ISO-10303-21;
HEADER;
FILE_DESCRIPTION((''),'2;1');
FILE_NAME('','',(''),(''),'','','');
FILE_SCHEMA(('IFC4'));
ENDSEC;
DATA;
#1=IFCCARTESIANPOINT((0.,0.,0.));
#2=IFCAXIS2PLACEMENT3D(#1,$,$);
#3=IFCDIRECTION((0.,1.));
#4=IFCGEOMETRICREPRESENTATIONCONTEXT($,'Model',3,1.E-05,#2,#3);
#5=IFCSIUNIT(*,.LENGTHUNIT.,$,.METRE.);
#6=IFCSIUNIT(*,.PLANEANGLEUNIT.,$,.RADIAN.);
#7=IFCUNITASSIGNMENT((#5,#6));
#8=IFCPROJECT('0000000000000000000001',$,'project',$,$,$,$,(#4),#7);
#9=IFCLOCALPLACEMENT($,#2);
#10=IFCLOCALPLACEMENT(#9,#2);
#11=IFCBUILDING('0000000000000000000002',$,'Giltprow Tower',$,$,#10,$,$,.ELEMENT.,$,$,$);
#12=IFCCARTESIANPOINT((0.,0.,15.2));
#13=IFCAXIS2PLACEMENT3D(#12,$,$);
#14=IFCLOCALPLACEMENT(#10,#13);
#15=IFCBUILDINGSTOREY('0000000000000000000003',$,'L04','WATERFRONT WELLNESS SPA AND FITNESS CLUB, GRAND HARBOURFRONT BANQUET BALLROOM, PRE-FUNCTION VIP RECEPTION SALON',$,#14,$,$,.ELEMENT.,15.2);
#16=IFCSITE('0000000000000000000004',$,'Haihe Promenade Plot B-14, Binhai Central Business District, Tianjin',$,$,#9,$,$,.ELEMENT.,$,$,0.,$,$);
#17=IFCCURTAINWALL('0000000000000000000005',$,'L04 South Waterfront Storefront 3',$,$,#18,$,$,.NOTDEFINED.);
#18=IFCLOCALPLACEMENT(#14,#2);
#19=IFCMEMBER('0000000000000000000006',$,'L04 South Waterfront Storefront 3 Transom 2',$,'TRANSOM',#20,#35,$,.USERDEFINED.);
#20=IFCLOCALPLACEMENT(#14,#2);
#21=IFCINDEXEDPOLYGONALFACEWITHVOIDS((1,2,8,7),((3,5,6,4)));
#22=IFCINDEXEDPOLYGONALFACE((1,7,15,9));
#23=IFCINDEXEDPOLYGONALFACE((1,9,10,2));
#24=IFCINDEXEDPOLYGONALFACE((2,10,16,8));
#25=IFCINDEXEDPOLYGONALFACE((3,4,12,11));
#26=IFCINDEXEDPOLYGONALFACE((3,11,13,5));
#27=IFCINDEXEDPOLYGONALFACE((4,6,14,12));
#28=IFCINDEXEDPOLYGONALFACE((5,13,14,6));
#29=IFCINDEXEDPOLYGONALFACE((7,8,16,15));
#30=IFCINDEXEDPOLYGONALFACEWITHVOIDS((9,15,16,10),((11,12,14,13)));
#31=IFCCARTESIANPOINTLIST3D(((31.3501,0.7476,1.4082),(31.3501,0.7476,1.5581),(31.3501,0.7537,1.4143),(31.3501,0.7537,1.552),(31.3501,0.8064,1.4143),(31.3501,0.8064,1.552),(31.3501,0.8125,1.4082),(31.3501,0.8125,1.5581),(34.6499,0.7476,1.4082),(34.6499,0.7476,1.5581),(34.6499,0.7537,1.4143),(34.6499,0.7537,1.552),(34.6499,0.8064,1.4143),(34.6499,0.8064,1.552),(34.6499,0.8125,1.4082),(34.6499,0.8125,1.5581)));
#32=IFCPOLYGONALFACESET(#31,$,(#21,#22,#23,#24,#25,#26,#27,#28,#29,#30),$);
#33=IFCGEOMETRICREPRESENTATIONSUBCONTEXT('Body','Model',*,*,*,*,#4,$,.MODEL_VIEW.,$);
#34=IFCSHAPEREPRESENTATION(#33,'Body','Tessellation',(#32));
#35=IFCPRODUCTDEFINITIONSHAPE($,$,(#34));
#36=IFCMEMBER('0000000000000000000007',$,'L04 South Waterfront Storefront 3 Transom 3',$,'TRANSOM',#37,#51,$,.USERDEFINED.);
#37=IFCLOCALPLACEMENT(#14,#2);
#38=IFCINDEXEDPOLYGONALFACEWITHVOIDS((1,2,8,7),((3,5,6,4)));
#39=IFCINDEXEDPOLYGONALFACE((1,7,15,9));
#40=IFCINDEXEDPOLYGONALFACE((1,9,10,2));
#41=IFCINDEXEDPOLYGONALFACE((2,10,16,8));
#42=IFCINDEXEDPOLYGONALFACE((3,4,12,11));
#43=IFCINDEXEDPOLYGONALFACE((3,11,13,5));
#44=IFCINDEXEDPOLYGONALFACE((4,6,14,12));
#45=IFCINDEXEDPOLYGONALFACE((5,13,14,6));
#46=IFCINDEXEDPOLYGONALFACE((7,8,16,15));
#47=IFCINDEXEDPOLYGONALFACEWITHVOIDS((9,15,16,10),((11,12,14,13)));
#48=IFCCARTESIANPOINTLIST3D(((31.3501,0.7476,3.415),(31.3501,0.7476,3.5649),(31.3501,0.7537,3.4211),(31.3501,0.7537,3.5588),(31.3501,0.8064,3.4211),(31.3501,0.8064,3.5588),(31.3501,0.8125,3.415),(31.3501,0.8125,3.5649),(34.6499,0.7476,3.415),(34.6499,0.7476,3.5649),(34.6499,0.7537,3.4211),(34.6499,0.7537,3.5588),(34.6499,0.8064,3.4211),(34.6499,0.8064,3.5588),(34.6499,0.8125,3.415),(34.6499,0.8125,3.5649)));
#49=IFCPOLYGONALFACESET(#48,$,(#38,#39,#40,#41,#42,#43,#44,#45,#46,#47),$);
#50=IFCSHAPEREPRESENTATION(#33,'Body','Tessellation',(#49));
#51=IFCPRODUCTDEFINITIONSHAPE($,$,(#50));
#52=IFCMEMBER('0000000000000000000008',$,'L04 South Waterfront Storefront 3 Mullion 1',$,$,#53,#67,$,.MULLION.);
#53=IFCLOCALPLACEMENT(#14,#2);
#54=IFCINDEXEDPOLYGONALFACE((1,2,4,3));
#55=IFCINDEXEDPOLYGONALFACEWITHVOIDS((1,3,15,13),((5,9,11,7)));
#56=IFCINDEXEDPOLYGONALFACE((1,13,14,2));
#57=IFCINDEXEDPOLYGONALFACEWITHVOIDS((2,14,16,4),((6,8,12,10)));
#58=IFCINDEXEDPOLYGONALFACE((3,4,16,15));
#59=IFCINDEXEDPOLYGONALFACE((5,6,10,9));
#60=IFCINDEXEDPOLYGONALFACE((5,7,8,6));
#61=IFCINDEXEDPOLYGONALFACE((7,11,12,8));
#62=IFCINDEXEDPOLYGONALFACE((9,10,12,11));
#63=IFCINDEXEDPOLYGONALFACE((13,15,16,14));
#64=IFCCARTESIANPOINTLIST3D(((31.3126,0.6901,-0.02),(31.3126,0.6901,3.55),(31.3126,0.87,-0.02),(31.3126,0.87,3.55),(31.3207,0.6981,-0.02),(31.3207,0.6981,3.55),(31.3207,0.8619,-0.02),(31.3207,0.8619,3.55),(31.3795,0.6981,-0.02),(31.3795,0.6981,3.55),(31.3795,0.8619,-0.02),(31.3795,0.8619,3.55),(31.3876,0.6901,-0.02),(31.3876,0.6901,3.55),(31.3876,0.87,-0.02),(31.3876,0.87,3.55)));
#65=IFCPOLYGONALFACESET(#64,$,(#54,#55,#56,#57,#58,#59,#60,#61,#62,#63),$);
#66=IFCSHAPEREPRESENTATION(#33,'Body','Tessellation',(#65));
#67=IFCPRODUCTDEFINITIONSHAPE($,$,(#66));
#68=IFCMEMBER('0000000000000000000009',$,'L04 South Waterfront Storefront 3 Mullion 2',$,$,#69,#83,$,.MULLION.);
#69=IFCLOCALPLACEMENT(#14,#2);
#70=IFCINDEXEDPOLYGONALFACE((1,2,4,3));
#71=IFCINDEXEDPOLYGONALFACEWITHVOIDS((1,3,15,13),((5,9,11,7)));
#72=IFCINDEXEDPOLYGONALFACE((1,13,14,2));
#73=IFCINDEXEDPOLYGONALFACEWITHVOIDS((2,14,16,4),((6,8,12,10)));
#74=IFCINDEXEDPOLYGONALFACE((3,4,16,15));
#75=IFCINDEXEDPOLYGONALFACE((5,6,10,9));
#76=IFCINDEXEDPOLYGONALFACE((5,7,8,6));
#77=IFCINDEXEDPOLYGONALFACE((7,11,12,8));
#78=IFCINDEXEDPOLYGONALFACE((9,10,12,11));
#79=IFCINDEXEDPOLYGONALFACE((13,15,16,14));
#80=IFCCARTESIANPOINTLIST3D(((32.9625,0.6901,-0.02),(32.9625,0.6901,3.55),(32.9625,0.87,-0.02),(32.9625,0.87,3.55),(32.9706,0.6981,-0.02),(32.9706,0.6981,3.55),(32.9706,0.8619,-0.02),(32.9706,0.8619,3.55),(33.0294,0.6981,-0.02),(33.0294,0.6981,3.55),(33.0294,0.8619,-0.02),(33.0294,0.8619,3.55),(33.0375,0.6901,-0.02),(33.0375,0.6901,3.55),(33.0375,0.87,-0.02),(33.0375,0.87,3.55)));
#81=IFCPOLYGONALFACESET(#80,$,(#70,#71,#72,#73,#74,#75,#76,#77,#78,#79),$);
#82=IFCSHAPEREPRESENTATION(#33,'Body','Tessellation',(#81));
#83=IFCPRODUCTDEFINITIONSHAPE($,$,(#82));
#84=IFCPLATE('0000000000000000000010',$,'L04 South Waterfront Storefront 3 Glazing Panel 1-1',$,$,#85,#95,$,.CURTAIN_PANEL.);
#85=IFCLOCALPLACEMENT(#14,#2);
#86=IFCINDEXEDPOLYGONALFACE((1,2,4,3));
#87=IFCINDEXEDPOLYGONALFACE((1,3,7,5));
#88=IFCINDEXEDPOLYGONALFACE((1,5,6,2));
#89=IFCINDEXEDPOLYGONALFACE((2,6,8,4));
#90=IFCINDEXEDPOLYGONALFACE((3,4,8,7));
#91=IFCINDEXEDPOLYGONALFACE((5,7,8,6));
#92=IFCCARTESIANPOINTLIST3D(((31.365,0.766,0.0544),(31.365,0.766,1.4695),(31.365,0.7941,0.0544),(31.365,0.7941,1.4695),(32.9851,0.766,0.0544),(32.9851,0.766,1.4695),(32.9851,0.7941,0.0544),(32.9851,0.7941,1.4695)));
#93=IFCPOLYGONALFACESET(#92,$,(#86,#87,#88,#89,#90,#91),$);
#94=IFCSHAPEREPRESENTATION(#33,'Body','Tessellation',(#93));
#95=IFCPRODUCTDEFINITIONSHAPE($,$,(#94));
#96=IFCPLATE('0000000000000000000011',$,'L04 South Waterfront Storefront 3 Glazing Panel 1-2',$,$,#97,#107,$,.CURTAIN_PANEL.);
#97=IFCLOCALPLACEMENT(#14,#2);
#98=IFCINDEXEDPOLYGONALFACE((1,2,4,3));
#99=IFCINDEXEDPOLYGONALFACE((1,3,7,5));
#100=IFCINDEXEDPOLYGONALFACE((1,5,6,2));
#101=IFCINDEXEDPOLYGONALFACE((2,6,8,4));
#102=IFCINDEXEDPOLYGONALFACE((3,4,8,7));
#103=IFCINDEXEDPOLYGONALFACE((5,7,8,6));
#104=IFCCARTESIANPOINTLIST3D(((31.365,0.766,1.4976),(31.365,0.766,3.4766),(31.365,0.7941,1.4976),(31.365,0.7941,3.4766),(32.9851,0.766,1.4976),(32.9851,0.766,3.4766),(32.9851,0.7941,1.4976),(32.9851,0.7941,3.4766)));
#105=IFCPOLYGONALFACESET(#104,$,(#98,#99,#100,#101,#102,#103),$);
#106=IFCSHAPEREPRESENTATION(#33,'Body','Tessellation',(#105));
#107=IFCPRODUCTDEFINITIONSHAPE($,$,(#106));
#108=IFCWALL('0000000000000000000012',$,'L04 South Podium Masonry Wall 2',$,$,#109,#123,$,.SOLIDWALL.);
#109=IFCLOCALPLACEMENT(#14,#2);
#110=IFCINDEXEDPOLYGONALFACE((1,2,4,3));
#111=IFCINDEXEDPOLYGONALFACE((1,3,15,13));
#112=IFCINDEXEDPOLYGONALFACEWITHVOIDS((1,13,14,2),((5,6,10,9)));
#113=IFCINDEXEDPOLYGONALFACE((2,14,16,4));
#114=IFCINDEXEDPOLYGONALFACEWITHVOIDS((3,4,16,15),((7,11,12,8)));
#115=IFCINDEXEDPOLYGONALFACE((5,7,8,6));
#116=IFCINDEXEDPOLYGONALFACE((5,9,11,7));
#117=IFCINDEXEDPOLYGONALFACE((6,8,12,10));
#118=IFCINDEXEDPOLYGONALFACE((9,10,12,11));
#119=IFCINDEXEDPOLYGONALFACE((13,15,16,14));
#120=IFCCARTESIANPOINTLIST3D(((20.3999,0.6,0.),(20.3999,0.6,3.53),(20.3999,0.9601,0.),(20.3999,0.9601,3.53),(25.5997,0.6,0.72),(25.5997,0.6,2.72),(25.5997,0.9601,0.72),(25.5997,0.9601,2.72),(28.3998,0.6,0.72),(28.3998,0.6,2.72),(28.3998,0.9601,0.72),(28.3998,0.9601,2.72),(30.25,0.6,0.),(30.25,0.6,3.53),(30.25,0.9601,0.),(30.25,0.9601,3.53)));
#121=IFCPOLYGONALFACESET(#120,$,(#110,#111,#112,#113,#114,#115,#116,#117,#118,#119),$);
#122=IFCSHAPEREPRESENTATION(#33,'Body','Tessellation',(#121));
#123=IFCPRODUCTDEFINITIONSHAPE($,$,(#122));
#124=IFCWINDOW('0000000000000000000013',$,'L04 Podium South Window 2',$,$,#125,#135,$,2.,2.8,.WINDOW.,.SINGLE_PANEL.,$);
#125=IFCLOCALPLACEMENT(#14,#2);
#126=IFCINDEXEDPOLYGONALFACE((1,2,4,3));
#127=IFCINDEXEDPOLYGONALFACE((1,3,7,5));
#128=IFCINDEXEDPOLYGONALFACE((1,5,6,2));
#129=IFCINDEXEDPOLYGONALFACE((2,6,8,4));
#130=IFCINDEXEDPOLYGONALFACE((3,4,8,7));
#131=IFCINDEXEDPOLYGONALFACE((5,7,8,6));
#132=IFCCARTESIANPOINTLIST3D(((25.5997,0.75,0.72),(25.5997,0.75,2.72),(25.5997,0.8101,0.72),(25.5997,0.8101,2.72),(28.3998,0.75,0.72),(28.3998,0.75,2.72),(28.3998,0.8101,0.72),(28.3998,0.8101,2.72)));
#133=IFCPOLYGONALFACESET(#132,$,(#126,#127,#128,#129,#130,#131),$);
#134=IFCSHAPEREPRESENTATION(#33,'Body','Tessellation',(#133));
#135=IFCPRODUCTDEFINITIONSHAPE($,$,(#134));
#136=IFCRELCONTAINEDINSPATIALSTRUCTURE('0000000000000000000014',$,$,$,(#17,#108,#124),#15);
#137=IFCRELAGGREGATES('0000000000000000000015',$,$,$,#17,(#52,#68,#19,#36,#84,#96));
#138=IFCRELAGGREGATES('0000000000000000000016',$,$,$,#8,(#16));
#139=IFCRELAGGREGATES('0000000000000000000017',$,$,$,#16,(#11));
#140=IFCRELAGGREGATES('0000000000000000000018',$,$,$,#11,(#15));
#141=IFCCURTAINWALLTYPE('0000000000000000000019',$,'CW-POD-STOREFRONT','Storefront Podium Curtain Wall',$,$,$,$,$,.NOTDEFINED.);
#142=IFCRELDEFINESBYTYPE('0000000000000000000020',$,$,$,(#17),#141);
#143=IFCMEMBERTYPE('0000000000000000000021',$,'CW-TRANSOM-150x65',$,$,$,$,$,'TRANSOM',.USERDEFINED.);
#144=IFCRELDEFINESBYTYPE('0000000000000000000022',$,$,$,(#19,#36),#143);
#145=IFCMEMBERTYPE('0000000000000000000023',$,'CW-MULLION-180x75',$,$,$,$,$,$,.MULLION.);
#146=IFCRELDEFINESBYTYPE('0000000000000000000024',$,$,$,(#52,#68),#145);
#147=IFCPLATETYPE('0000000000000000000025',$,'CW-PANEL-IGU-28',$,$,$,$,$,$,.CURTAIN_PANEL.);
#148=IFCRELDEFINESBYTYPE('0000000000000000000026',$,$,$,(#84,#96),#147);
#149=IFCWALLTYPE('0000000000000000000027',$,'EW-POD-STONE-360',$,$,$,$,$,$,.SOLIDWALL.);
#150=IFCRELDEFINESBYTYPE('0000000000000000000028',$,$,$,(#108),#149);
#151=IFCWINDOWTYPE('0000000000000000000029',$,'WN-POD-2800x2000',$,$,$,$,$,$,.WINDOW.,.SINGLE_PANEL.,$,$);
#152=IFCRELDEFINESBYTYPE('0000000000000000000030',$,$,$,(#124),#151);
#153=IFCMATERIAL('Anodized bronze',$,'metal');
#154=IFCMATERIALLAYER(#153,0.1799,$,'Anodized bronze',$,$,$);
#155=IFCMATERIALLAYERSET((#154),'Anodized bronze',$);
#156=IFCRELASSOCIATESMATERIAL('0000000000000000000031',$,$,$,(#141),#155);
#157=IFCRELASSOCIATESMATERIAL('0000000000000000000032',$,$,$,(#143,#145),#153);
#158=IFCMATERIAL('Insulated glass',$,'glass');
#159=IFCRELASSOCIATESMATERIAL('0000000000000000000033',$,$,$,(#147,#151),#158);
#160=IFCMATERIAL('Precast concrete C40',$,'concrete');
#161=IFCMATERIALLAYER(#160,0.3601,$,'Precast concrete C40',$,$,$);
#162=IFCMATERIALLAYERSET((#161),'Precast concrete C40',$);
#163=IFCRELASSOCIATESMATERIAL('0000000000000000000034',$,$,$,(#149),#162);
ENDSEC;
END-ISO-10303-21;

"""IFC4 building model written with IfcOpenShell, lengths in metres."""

from ifc_helpers import new_model, si_unit, direction, frame, frame_2d, origin, origin_2d, place, context, subcontext, project, spatial, rectangle, hollow_rectangle, extrude, source, transform, mapped, material, layer, layer_set, material_profile, profile_set, type_object, element, fill, aggregate, save


model = new_model("IFC4")

# Units and contexts
model_context = context("Model", 3, precision=1e-05, world=origin(), true_north=direction((0.0, 1.0)))
body_context = subcontext(model_context, "Body", "Model", "MODEL_VIEW")
ifc_project = project(units=[si_unit("LENGTHUNIT", "METRE"), si_unit("PLANEANGLEUNIT", "RADIAN")], contexts=[model_context])

# Site, building, storey
site_placement = place(None, origin())
site = spatial("IfcSite", under=ifc_project, at=site_placement, Name="Haihe Promenade Plot B-14, Binhai Central Business District, Tianjin", CompositionType="ELEMENT", RefElevation=0.0)
building_placement = place(site_placement, origin())
building = spatial("IfcBuilding", under=site, at=building_placement, Name="Giltprow Tower", CompositionType="ELEMENT")
storey_placement = place(building_placement, frame((0.0, 0.0, 15.2)))
storey = spatial("IfcBuildingStorey", under=building, at=storey_placement, Name="L04", Description="WATERFRONT WELLNESS SPA AND FITNESS CLUB, GRAND HARBOURFRONT BANQUET BALLROOM, PRE-FUNCTION VIP RECEPTION SALON", CompositionType="ELEMENT", Elevation=15.2)

# Curtain wall, members, plates
ifc_material_1 = material(Name="Anodized bronze", Category="metal")
ifc_layer_1 = layer(ifc_material_1, 0.1799, Name="Anodized bronze")
ifc_layer_set_1 = layer_set([ifc_layer_1], Name="Anodized bronze")
curtain_wall_type = type_object("IfcCurtainWallType", Name="CW-POD-STOREFRONT", Description="Storefront Podium Curtain Wall", PredefinedType="NOTDEFINED", material=ifc_layer_set_1)
curtain_wall_placement = place(storey_placement, origin())
curtain_wall = element("IfcCurtainWall", 1, at=curtain_wall_placement, inside=storey, type_object=curtain_wall_type, Name="L04 South Waterfront Storefront 3", PredefinedType="NOTDEFINED")
ifc_material_profile_1 = material_profile(ifc_material_1, hollow_rectangle(XDim=0.0649, YDim=0.1499, WallThickness=0.0061, at=origin_2d()), Name="RHS 150x65x6")
ifc_profile_set_1 = profile_set([ifc_material_profile_1], Name="Anodized bronze")
member_type_1 = type_object("IfcMemberType", Name="CW-TRANSOM-150x65", ElementType="TRANSOM", PredefinedType="USERDEFINED", material=ifc_profile_set_1)
shared_shape_1 = source(origin(), body_context, "Body", "SweptSolid", [
    extrude(hollow_rectangle(XDim=0.0649, YDim=0.1499, WallThickness=0.0061, at=origin_2d()), origin(), (0.0, 0.0, 1.0), 3.2998),
])
member_1_placement = place(storey_placement, frame((31.3501, 0.78, 1.4832), z_axis=(1.0, 0.0, 0.0), x_axis=(0.0, 1.0, 0.0)))
member_1 = element("IfcMember", 2, at=member_1_placement, type_object=member_type_1, Name="L04 South Waterfront Storefront 3 Transom 2", ObjectType="TRANSOM", PredefinedType="USERDEFINED", context=body_context, shape_type="MappedRepresentation", body=[
    mapped(shared_shape_1, transform((0.0, 0.0, 0.0), x_axis=(1.0, 0.0, 0.0), y_axis=(0.0, 1.0, 0.0), z_axis=(0.0, 0.0, 1.0), scale=1.0)),
])
member_2_placement = place(storey_placement, frame((31.3501, 0.78, 3.49), z_axis=(1.0, 0.0, 0.0), x_axis=(0.0, 1.0, 0.0)))
member_2 = element("IfcMember", 3, at=member_2_placement, type_object=member_type_1, Name="L04 South Waterfront Storefront 3 Transom 3", ObjectType="TRANSOM", PredefinedType="USERDEFINED", context=body_context, shape_type="MappedRepresentation", body=[
    mapped(shared_shape_1, transform((0.0, 0.0, 0.0), x_axis=(1.0, 0.0, 0.0), y_axis=(0.0, 1.0, 0.0), z_axis=(0.0, 0.0, 1.0), scale=1.0)),
])
ifc_material_profile_2 = material_profile(ifc_material_1, hollow_rectangle(XDim=0.075, YDim=0.1799, WallThickness=0.0081, at=origin_2d()), Name="RHS 180x75x8")
ifc_profile_set_2 = profile_set([ifc_material_profile_2], Name="Anodized bronze")
member_type_2 = type_object("IfcMemberType", Name="CW-MULLION-180x75", PredefinedType="MULLION", material=ifc_profile_set_2)
shared_shape_2 = source(origin(), body_context, "Body", "SweptSolid", [
    extrude(hollow_rectangle(XDim=0.075, YDim=0.1799, WallThickness=0.0081, at=origin_2d()), origin(), (0.0, 0.0, 1.0), 3.5701),
])
member_3_placement = place(storey_placement, frame((31.3501, 0.78, -0.02), z_axis=(0.0, 0.0, 1.0), x_axis=(1.0, 0.0, 0.0)))
member_3 = element("IfcMember", 4, at=member_3_placement, type_object=member_type_2, Name="L04 South Waterfront Storefront 3 Mullion 1", PredefinedType="MULLION", context=body_context, shape_type="MappedRepresentation", body=[
    mapped(shared_shape_2, transform((0.0, 0.0, 0.0), x_axis=(1.0, 0.0, 0.0), y_axis=(0.0, 1.0, 0.0), z_axis=(0.0, 0.0, 1.0), scale=1.0)),
])
member_4_placement = place(storey_placement, frame((33.0, 0.78, -0.02), z_axis=(0.0, 0.0, 1.0), x_axis=(1.0, 0.0, 0.0)))
member_4 = element("IfcMember", 5, at=member_4_placement, type_object=member_type_2, Name="L04 South Waterfront Storefront 3 Mullion 2", PredefinedType="MULLION", context=body_context, shape_type="MappedRepresentation", body=[
    mapped(shared_shape_2, transform((0.0, 0.0, 0.0), x_axis=(1.0, 0.0, 0.0), y_axis=(0.0, 1.0, 0.0), z_axis=(0.0, 0.0, 1.0), scale=1.0)),
])
ifc_material_2 = material(Name="Insulated glass", Category="glass")
plate_type = type_object("IfcPlateType", Name="CW-PANEL-IGU-28", PredefinedType="CURTAIN_PANEL", material=ifc_material_2)
shared_shape_3 = source(origin(), body_context, "Body", "SweptSolid", [
    extrude(rectangle(XDim=1.6201, YDim=0.0281, at=origin_2d()), origin(), (0.0, 0.0, 1.0), 1.415),
])
plate_1_placement = place(storey_placement, frame((32.175, 0.78, 0.0544), z_axis=(0.0, 0.0, 1.0), x_axis=(1.0, 0.0, 0.0)))
plate_1 = element("IfcPlate", 6, at=plate_1_placement, type_object=plate_type, Name="L04 South Waterfront Storefront 3 Glazing Panel 1-1", PredefinedType="CURTAIN_PANEL", context=body_context, shape_type="MappedRepresentation", body=[
    mapped(shared_shape_3, transform((0.0, 0.0, 0.0), x_axis=(1.0, 0.0, 0.0), y_axis=(0.0, 1.0, 0.0), z_axis=(0.0, 0.0, 1.0), scale=1.0)),
])
shared_shape_4 = source(origin(), body_context, "Body", "SweptSolid", [
    extrude(rectangle(XDim=1.6201, YDim=0.0281, at=origin_2d()), origin(), (0.0, 0.0, 1.0), 1.979),
])
plate_2_placement = place(storey_placement, frame((32.175, 0.78, 1.4976), z_axis=(0.0, 0.0, 1.0), x_axis=(1.0, 0.0, 0.0)))
plate_2 = element("IfcPlate", 7, at=plate_2_placement, type_object=plate_type, Name="L04 South Waterfront Storefront 3 Glazing Panel 1-2", PredefinedType="CURTAIN_PANEL", context=body_context, shape_type="MappedRepresentation", body=[
    mapped(shared_shape_4, transform((0.0, 0.0, 0.0), x_axis=(1.0, 0.0, 0.0), y_axis=(0.0, 1.0, 0.0), z_axis=(0.0, 0.0, 1.0), scale=1.0)),
])
aggregate(curtain_wall, [member_3, member_4, member_1, member_2, plate_1, plate_2])

# Wall, opening, window
ifc_material_3 = material(Name="Precast concrete C40", Category="concrete")
ifc_layer_2 = layer(ifc_material_3, 0.3601, Name="Precast concrete C40")
ifc_layer_set_2 = layer_set([ifc_layer_2], Name="Precast concrete C40")
wall_type_1 = type_object("IfcWallType", Name="EW-POD-STONE-360", PredefinedType="SOLIDWALL", material=ifc_layer_set_2)
wall_1_placement = place(storey_placement, frame((20.3999, 0.78, 0.0), z_axis=(0.0, 0.0, 1.0), x_axis=(1.0, 0.0, 0.0)))
wall_1 = element("IfcWall", 8, at=wall_1_placement, inside=storey, type_object=wall_type_1, Name="L04 South Podium Masonry Wall 2", PredefinedType="SOLIDWALL", context=body_context, shape_type="SweptSolid", body=[
    extrude(rectangle(XDim=9.8501, YDim=0.3601, at=frame_2d((4.925, 0.0))), origin(), (0.0, 0.0, 1.0), 3.53),
])
opening_1_placement = place(wall_1_placement, frame((5.2, 0.0, 0.72)))
opening_1 = element("IfcOpeningElement", 9, at=opening_1_placement, cuts=wall_1, PredefinedType="OPENING", context=body_context, shape_type="SweptSolid", body=[
    extrude(rectangle(XDim=2.8, YDim=2.0, at=frame_2d((1.3999, 1.0))), frame((0.0, 0.1899, 0.0), z_axis=(0.0, -1.0, 0.0), x_axis=(1.0, 0.0, 0.0)), (0.0, 0.0, 1.0), 0.3801),
])
window_type = type_object("IfcWindowType", Name="WN-POD-2800x2000", PartitioningType="SINGLE_PANEL", PredefinedType="WINDOW", material=ifc_material_2)
shared_shape_5 = source(origin(), body_context, "Body", "SweptSolid", [
    extrude(rectangle(XDim=2.8, YDim=2.0, at=frame_2d((1.3999, 1.0))), frame((0.0, 0.03, 0.0), z_axis=(0.0, -1.0, 0.0), x_axis=(1.0, 0.0, 0.0)), (0.0, 0.0, 1.0), 0.0601),
])
window_placement = place(opening_1_placement, origin())
window = element("IfcWindow", 10, at=window_placement, inside=storey, type_object=window_type, Name="L04 Podium South Window 2", OverallHeight=2.0, OverallWidth=2.8, PartitioningType="SINGLE_PANEL", PredefinedType="WINDOW", context=body_context, shape_type="MappedRepresentation", body=[
    mapped(shared_shape_5, transform((0.0, 0.0, 0.0), x_axis=(1.0, 0.0, 0.0), y_axis=(0.0, 1.0, 0.0), z_axis=(0.0, 0.0, 1.0), scale=1.0)),
])
fill(opening_1, window)

save(model, "model.ifc")
